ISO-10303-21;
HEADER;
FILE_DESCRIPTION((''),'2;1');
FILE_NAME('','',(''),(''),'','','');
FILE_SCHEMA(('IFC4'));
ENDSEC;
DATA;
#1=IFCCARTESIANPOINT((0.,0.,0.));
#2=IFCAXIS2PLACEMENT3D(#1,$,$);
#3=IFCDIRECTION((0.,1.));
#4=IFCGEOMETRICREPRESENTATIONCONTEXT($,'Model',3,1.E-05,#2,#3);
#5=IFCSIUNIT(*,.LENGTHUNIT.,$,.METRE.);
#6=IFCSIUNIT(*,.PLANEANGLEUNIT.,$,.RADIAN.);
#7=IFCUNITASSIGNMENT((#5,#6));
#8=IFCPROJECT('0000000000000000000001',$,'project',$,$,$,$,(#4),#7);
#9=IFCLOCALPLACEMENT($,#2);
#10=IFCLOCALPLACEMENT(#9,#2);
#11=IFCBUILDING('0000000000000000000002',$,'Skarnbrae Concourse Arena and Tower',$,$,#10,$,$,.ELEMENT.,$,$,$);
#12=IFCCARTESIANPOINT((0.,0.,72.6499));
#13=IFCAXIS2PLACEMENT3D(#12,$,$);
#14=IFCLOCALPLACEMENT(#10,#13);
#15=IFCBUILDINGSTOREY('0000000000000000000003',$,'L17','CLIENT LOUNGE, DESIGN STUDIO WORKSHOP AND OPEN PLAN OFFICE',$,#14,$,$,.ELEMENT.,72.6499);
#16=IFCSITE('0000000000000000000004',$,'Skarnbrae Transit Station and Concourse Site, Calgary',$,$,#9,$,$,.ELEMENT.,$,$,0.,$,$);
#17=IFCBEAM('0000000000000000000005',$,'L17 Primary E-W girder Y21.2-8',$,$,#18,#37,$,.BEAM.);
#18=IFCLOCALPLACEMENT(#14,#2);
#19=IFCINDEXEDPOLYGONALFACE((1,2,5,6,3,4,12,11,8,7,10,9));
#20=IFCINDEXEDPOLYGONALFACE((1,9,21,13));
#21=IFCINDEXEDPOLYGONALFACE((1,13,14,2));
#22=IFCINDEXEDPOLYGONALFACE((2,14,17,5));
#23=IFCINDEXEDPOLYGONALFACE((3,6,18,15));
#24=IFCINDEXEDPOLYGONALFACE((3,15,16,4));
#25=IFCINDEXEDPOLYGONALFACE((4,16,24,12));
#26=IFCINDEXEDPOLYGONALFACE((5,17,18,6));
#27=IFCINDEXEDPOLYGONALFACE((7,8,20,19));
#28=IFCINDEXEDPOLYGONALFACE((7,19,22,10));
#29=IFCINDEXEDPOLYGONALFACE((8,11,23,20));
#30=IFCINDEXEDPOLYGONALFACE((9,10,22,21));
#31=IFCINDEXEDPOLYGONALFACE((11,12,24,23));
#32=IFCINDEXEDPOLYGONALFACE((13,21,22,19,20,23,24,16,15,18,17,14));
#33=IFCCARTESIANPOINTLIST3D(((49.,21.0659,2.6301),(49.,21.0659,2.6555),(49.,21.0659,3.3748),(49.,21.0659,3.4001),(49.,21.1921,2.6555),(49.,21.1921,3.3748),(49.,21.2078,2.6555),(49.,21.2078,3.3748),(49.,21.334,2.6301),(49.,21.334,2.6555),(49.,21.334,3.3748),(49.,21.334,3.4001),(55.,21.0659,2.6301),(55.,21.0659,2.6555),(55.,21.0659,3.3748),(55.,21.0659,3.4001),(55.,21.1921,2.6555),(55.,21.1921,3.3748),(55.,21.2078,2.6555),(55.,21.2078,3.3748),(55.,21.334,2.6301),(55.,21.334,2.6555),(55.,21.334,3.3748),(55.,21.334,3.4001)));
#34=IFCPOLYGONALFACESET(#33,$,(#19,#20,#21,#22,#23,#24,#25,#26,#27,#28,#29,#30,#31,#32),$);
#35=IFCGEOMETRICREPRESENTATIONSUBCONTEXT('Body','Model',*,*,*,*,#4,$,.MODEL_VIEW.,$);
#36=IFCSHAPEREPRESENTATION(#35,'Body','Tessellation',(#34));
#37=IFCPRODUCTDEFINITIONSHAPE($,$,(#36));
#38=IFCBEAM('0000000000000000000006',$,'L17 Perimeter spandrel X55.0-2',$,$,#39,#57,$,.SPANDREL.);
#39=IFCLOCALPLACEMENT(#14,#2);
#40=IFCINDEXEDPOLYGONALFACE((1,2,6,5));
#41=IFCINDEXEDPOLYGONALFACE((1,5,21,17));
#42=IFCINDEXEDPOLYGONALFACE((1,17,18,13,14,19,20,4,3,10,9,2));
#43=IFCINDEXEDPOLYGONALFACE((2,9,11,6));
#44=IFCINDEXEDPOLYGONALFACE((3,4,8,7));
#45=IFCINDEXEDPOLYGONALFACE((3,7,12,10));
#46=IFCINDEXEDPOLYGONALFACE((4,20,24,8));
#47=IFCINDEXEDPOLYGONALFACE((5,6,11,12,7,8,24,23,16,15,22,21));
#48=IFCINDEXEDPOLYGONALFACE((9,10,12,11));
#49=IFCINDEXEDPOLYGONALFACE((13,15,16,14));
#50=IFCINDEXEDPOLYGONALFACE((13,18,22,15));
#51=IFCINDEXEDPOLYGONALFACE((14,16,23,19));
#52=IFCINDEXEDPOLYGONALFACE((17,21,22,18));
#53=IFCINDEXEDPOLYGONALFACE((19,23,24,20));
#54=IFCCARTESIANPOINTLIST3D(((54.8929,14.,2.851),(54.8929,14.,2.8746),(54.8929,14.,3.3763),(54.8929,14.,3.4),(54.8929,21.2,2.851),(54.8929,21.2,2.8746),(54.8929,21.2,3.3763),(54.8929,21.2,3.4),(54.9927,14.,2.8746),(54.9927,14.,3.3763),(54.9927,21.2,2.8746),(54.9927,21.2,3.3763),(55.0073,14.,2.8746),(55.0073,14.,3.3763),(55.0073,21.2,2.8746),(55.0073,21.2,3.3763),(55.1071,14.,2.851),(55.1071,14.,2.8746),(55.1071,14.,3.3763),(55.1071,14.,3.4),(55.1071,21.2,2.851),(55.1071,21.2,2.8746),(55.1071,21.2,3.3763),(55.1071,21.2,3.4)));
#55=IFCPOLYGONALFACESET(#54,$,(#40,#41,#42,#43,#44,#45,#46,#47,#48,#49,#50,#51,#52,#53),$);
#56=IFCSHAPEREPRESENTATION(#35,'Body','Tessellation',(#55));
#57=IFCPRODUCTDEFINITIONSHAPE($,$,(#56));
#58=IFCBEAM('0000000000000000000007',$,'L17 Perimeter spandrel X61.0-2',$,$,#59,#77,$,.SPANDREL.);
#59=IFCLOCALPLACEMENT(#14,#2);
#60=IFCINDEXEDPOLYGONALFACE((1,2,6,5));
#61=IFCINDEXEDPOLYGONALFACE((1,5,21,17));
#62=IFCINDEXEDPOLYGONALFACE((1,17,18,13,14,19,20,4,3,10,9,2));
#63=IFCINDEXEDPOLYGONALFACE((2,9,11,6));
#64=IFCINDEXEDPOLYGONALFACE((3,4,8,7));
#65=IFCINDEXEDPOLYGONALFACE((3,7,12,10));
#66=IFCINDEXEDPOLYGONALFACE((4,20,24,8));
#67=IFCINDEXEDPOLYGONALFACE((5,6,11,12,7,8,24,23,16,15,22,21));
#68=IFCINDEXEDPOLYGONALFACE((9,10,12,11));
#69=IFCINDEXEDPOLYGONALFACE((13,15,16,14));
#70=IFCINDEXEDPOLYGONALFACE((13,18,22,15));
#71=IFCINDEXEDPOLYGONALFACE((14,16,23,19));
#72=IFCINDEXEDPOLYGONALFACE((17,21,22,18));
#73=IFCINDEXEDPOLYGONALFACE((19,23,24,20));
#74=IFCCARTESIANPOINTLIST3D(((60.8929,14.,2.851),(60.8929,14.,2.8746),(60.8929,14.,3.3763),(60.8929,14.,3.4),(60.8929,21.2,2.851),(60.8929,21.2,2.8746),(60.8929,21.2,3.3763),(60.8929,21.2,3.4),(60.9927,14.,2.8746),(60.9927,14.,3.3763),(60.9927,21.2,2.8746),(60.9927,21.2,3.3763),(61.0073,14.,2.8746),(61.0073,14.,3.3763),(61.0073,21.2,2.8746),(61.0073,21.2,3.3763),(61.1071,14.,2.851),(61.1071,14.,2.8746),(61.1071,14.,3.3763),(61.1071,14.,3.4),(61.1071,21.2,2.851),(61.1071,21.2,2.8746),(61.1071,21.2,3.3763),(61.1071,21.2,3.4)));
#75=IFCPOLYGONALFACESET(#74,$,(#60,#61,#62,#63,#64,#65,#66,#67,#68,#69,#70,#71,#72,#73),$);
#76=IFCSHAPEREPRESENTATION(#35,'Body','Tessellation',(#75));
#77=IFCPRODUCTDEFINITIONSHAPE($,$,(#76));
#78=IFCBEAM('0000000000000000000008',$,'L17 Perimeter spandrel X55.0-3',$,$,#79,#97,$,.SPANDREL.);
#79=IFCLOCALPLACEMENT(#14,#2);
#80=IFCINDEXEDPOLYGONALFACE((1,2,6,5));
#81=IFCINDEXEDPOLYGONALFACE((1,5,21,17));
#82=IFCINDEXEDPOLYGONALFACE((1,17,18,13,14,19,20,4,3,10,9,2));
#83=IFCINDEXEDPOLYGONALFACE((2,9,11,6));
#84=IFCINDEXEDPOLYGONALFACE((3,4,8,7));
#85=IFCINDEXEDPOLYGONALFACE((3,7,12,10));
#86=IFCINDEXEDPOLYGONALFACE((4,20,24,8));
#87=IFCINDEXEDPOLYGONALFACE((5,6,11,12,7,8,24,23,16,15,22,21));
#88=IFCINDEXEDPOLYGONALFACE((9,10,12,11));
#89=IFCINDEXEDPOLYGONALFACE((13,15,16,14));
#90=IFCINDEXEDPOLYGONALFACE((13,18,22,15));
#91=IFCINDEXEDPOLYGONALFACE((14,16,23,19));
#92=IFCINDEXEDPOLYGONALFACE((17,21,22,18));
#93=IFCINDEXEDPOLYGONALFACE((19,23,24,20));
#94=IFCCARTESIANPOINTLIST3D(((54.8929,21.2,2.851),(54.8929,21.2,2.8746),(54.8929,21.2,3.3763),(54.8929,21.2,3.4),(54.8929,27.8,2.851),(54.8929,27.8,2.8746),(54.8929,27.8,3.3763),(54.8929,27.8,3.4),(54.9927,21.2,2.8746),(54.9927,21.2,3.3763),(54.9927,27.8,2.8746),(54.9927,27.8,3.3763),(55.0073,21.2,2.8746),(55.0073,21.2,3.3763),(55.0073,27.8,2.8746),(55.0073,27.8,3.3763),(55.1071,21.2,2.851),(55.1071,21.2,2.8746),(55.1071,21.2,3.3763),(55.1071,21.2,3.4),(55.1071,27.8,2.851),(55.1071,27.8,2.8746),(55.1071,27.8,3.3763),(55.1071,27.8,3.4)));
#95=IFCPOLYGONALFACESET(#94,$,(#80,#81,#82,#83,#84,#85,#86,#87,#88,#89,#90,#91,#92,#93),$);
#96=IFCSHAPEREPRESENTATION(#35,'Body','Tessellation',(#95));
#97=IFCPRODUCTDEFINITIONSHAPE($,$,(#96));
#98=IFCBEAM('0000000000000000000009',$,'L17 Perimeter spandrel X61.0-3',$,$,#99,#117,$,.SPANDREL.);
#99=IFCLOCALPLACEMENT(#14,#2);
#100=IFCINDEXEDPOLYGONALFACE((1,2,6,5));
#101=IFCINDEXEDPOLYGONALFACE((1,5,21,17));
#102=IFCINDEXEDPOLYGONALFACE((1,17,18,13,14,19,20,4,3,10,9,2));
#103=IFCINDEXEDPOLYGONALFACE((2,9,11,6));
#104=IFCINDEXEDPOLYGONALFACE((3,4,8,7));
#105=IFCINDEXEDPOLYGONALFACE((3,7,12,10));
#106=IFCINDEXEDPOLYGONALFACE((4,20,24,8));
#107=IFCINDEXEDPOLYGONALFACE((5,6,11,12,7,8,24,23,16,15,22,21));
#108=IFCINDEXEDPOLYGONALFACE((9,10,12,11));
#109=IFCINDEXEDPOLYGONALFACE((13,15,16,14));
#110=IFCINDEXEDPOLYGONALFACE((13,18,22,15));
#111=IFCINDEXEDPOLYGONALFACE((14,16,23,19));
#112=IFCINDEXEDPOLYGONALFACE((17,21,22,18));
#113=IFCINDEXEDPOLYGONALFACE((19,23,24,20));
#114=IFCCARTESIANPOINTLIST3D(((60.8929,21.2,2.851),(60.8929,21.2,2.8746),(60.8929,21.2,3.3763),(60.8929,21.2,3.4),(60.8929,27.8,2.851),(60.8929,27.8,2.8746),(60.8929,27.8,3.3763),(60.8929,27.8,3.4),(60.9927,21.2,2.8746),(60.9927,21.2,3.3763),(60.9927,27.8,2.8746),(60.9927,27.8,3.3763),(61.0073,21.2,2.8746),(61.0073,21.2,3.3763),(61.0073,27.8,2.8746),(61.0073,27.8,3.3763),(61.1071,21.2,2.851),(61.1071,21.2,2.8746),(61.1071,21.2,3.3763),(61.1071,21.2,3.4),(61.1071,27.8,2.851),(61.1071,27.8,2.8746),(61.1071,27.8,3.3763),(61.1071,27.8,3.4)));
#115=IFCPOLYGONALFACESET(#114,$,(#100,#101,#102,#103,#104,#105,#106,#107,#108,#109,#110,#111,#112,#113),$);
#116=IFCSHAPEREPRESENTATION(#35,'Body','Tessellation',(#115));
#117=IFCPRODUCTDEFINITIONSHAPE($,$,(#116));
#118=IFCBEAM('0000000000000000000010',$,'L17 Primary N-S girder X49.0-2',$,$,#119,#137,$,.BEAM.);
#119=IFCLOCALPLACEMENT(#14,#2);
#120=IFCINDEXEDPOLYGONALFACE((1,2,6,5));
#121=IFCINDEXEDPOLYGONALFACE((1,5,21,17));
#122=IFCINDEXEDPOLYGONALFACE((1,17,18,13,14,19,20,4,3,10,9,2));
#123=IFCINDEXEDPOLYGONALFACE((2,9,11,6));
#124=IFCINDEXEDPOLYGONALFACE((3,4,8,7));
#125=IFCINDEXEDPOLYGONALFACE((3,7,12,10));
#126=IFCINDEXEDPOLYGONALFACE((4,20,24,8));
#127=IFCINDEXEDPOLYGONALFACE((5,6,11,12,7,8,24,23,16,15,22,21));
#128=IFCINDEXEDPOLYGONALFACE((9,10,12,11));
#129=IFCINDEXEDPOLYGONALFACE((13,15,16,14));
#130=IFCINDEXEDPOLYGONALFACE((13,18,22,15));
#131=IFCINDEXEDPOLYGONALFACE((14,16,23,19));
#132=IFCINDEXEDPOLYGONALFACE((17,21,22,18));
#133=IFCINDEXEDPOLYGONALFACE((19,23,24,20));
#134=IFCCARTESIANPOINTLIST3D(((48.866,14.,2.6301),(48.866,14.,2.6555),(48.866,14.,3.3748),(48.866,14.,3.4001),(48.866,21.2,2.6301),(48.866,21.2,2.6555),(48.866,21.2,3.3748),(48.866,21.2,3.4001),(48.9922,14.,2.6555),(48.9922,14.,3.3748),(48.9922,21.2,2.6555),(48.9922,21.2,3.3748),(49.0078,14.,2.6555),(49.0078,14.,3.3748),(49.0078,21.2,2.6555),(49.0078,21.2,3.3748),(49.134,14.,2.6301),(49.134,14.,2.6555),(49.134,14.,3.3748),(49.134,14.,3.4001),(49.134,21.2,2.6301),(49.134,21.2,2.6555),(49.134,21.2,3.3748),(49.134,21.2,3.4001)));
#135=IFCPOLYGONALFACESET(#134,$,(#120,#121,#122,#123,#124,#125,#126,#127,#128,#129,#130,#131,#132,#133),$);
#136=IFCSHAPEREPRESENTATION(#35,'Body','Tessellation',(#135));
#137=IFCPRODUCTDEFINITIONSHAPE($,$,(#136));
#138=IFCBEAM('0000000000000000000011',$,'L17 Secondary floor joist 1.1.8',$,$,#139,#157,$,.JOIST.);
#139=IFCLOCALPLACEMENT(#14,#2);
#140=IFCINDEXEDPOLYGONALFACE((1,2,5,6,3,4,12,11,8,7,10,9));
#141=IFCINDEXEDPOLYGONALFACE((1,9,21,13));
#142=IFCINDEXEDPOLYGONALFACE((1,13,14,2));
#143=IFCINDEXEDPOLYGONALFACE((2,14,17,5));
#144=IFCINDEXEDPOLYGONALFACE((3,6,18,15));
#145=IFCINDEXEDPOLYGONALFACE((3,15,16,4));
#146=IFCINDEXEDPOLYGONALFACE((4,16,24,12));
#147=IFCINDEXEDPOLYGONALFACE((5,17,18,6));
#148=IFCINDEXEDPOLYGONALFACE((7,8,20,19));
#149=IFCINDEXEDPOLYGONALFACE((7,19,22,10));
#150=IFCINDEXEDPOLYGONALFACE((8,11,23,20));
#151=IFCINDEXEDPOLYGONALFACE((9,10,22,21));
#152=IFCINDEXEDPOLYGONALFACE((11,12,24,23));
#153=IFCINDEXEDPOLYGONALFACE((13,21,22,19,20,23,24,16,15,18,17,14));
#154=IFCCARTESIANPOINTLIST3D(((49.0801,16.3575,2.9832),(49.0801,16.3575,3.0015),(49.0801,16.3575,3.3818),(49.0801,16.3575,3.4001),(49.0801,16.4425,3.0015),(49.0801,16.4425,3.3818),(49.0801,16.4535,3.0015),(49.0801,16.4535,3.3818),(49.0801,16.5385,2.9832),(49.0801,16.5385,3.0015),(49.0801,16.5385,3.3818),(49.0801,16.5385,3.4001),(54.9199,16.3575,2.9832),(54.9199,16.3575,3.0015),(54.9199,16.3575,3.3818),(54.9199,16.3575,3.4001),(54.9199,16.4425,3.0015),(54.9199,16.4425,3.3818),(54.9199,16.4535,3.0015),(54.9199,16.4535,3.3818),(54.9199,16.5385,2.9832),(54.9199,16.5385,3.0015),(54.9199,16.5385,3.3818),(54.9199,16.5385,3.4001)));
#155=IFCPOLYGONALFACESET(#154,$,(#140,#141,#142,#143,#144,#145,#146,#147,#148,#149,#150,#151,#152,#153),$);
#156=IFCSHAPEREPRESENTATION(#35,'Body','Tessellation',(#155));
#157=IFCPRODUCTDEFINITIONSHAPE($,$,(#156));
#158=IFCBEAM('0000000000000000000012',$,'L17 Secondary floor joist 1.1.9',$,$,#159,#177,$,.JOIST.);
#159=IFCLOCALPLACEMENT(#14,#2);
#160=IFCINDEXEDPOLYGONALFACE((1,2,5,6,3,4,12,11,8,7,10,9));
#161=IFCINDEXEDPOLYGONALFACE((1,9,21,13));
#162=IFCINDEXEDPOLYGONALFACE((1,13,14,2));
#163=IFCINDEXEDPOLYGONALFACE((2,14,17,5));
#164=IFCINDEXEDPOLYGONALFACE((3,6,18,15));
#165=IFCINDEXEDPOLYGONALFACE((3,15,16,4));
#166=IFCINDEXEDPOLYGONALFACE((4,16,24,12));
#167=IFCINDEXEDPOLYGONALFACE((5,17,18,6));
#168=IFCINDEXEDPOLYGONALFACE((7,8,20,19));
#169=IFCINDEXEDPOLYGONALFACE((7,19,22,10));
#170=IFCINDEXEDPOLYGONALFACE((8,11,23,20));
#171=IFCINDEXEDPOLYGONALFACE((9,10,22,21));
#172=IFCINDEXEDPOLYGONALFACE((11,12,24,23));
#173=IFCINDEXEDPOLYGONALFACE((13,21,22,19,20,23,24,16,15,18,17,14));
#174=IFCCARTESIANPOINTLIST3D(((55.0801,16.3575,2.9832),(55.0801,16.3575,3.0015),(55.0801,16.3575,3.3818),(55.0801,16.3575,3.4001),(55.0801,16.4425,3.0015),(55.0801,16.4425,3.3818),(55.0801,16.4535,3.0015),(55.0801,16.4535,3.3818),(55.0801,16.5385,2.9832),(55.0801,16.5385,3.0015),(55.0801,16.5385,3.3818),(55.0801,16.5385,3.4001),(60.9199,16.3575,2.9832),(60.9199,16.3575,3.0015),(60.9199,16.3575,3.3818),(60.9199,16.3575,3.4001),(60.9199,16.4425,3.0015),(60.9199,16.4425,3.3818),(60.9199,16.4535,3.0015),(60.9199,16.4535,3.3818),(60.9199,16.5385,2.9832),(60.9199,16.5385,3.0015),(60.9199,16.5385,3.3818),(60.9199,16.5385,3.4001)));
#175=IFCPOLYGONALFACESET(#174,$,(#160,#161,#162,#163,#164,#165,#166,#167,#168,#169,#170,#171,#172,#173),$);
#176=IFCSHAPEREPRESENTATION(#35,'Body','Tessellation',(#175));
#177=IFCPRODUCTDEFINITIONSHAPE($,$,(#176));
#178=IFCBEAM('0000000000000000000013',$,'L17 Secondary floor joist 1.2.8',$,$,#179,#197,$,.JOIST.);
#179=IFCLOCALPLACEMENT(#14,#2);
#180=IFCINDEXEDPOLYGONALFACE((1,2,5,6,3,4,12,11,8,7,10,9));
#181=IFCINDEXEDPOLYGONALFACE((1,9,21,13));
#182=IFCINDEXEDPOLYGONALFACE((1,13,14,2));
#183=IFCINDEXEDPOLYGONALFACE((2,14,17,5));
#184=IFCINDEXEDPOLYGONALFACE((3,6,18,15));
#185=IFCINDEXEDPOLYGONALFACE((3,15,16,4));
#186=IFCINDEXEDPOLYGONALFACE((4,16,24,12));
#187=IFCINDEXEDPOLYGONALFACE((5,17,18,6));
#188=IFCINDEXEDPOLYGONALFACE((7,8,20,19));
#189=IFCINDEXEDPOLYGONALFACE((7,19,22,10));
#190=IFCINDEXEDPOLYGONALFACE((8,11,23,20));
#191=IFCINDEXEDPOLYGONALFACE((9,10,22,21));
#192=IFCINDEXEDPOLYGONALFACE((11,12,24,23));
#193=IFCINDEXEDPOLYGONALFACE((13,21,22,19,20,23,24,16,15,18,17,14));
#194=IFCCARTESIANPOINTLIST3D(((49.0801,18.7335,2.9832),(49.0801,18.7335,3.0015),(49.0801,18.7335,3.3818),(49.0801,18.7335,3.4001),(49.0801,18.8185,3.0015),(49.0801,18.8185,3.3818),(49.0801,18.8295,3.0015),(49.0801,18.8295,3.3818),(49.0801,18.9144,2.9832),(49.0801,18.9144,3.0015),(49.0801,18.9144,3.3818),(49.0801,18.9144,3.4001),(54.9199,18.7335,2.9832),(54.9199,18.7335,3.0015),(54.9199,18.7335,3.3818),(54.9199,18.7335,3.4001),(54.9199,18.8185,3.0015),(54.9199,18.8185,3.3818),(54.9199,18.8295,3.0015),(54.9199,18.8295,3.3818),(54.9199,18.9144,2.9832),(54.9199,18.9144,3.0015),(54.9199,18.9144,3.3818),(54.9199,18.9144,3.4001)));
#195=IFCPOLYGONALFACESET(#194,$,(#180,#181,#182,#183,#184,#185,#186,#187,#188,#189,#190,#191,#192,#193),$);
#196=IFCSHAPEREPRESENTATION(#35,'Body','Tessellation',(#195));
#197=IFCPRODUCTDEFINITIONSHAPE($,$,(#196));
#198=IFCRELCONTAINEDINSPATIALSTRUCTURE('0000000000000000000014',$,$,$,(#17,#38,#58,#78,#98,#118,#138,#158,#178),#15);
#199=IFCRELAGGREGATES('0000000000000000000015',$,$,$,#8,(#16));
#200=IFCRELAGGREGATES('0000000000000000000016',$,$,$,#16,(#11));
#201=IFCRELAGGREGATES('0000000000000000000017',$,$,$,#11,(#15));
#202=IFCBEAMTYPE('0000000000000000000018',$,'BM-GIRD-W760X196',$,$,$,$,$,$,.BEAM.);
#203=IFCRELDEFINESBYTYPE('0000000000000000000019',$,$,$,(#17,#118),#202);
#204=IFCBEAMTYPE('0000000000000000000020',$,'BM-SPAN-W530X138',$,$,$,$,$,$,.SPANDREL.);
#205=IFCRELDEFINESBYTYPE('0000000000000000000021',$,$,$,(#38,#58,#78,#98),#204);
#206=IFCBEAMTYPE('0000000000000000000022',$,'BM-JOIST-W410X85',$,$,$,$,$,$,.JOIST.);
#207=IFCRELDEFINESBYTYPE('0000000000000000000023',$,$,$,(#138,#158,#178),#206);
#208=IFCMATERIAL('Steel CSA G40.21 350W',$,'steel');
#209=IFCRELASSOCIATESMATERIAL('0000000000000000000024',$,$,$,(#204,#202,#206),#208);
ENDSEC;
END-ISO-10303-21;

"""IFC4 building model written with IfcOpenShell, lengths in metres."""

from ifc_helpers import new_model, si_unit, direction, frame, origin, origin_2d, place, context, subcontext, project, spatial, i_section, extrude, source, transform, mapped, material, material_profile, profile_set, type_object, element, save


model = new_model("IFC4")

# Units and contexts
model_context = context("Model", 3, precision=1e-05, world=origin(), true_north=direction((0.0, 1.0)))
body_context = subcontext(model_context, "Body", "Model", "MODEL_VIEW")
ifc_project = project(units=[si_unit("LENGTHUNIT", "METRE"), si_unit("PLANEANGLEUNIT", "RADIAN")], contexts=[model_context])

# Site, building, storey
site_placement = place(None, origin())
site = spatial("IfcSite", under=ifc_project, at=site_placement, Name="Skarnbrae Transit Station and Concourse Site, Calgary", CompositionType="ELEMENT", RefElevation=0.0)
building_placement = place(site_placement, origin())
building = spatial("IfcBuilding", under=site, at=building_placement, Name="Skarnbrae Concourse Arena and Tower", CompositionType="ELEMENT")
storey_placement = place(building_placement, frame((0.0, 0.0, 72.6499)))
storey = spatial("IfcBuildingStorey", under=building, at=storey_placement, Name="L17", Description="CLIENT LOUNGE, DESIGN STUDIO WORKSHOP AND OPEN PLAN OFFICE", CompositionType="ELEMENT", Elevation=72.6499)

# Shared definitions
ifc_material_1 = material(Name="Steel CSA G40.21 350W", Category="steel")

# Beams
ifc_material_profile_1 = material_profile(ifc_material_1, i_section(OverallWidth=0.2141, OverallDepth=0.5491, WebThickness=0.0146, FlangeThickness=0.0237, at=origin_2d()), Name="W530X138")
ifc_profile_set_1 = profile_set([ifc_material_profile_1], Name="Steel CSA G40.21 350W")
beam_type_1 = type_object("IfcBeamType", Name="BM-SPAN-W530X138", PredefinedType="SPANDREL", material=ifc_profile_set_1)
ifc_material_profile_2 = material_profile(ifc_material_1, i_section(OverallWidth=0.2681, OverallDepth=0.77, WebThickness=0.0156, FlangeThickness=0.0254, at=origin_2d()), Name="W760X196")
ifc_profile_set_2 = profile_set([ifc_material_profile_2], Name="Steel CSA G40.21 350W")
beam_type_2 = type_object("IfcBeamType", Name="BM-GIRD-W760X196", PredefinedType="BEAM", material=ifc_profile_set_2)
shared_shape_1 = source(origin(), body_context, "Body", "SweptSolid", [
    extrude(i_section(OverallWidth=0.2681, OverallDepth=0.77, WebThickness=0.0156, FlangeThickness=0.0254, at=origin_2d()), origin(), (0.0, 0.0, 1.0), 6.0),
])
beam_1_placement = place(storey_placement, frame((49.0, 21.2, 3.0151), z_axis=(1.0, 0.0, 0.0), x_axis=(0.0, 1.0, 0.0)))
element("IfcBeam", 1, at=beam_1_placement, inside=storey, type_object=beam_type_2, Name="L17 Primary E-W girder Y21.2-8", PredefinedType="BEAM", context=body_context, shape_type="MappedRepresentation", body=[
    mapped(shared_shape_1, transform((0.0, 0.0, 0.0))),
])
shared_shape_2 = source(origin(), body_context, "Body", "SweptSolid", [
    extrude(i_section(OverallWidth=0.2141, OverallDepth=0.5491, WebThickness=0.0146, FlangeThickness=0.0237, at=origin_2d()), origin(), (0.0, 0.0, 1.0), 7.2),
])
for number, where, z_axis, x_axis, name in (
    (2, (55.0, 14.0, 3.1255), (0.0, 1.0, 0.0), (-1.0, 0.0, 0.0), "L17 Perimeter spandrel X55.0-2"),
    (3, (61.0, 14.0, 3.1255), (0.0, 1.0, 0.0), (-1.0, 0.0, 0.0), "L17 Perimeter spandrel X61.0-2"),
):
    element("IfcBeam", number, at=place(storey_placement, frame(where, z_axis=z_axis, x_axis=x_axis)), inside=storey, type_object=beam_type_1, Name=name, PredefinedType="SPANDREL", context=body_context, shape_type="MappedRepresentation", body=[
        mapped(shared_shape_2, transform((0.0, 0.0, 0.0))),
    ])
shared_shape_3 = source(origin(), body_context, "Body", "SweptSolid", [
    extrude(i_section(OverallWidth=0.2141, OverallDepth=0.5491, WebThickness=0.0146, FlangeThickness=0.0237, at=origin_2d()), origin(), (0.0, 0.0, 1.0), 6.6001),
])
for number, where, z_axis, x_axis, name in (
    (4, (55.0, 21.2, 3.1255), (0.0, 1.0, 0.0), (-1.0, 0.0, 0.0), "L17 Perimeter spandrel X55.0-3"),
    (5, (61.0, 21.2, 3.1255), (0.0, 1.0, 0.0), (-1.0, 0.0, 0.0), "L17 Perimeter spandrel X61.0-3"),
):
    element("IfcBeam", number, at=place(storey_placement, frame(where, z_axis=z_axis, x_axis=x_axis)), inside=storey, type_object=beam_type_1, Name=name, PredefinedType="SPANDREL", context=body_context, shape_type="MappedRepresentation", body=[
        mapped(shared_shape_3, transform((0.0, 0.0, 0.0))),
    ])
shared_shape_4 = source(origin(), body_context, "Body", "SweptSolid", [
    extrude(i_section(OverallWidth=0.2681, OverallDepth=0.77, WebThickness=0.0156, FlangeThickness=0.0254, at=origin_2d()), origin(), (0.0, 0.0, 1.0), 7.2),
])
beam_2_placement = place(storey_placement, frame((49.0, 14.0, 3.0151), z_axis=(0.0, 1.0, 0.0), x_axis=(-1.0, 0.0, 0.0)))
element("IfcBeam", 6, at=beam_2_placement, inside=storey, type_object=beam_type_2, Name="L17 Primary N-S girder X49.0-2", PredefinedType="BEAM", context=body_context, shape_type="MappedRepresentation", body=[
    mapped(shared_shape_4, transform((0.0, 0.0, 0.0))),
])
ifc_material_profile_3 = material_profile(ifc_material_1, i_section(OverallWidth=0.1809, OverallDepth=0.417, WebThickness=0.011, FlangeThickness=0.0183, at=origin_2d()), Name="W410X85")
ifc_profile_set_3 = profile_set([ifc_material_profile_3], Name="Steel CSA G40.21 350W")
beam_type_3 = type_object("IfcBeamType", Name="BM-JOIST-W410X85", PredefinedType="JOIST", material=ifc_profile_set_3)
shared_shape_5 = source(origin(), body_context, "Body", "SweptSolid", [
    extrude(i_section(OverallWidth=0.1809, OverallDepth=0.417, WebThickness=0.011, FlangeThickness=0.0183, at=origin_2d()), origin(), (0.0, 0.0, 1.0), 5.8398),
])
for number, where, z_axis, x_axis, name in (
    (7, (49.0801, 16.448, 3.1917), (1.0, 0.0, 0.0), (0.0, 1.0, 0.0), "L17 Secondary floor joist 1.1.8"),
    (8, (55.0801, 16.448, 3.1917), (1.0, 0.0, 0.0), (0.0, 1.0, 0.0), "L17 Secondary floor joist 1.1.9"),
    (9, (49.0801, 18.824, 3.1917), (1.0, 0.0, 0.0), (0.0, 1.0, 0.0), "L17 Secondary floor joist 1.2.8"),
):
    element("IfcBeam", number, at=place(storey_placement, frame(where, z_axis=z_axis, x_axis=x_axis)), inside=storey, type_object=beam_type_3, Name=name, PredefinedType="JOIST", context=body_context, shape_type="MappedRepresentation", body=[
        mapped(shared_shape_5, transform((0.0, 0.0, 0.0))),
    ])

save(model, "model.ifc")
